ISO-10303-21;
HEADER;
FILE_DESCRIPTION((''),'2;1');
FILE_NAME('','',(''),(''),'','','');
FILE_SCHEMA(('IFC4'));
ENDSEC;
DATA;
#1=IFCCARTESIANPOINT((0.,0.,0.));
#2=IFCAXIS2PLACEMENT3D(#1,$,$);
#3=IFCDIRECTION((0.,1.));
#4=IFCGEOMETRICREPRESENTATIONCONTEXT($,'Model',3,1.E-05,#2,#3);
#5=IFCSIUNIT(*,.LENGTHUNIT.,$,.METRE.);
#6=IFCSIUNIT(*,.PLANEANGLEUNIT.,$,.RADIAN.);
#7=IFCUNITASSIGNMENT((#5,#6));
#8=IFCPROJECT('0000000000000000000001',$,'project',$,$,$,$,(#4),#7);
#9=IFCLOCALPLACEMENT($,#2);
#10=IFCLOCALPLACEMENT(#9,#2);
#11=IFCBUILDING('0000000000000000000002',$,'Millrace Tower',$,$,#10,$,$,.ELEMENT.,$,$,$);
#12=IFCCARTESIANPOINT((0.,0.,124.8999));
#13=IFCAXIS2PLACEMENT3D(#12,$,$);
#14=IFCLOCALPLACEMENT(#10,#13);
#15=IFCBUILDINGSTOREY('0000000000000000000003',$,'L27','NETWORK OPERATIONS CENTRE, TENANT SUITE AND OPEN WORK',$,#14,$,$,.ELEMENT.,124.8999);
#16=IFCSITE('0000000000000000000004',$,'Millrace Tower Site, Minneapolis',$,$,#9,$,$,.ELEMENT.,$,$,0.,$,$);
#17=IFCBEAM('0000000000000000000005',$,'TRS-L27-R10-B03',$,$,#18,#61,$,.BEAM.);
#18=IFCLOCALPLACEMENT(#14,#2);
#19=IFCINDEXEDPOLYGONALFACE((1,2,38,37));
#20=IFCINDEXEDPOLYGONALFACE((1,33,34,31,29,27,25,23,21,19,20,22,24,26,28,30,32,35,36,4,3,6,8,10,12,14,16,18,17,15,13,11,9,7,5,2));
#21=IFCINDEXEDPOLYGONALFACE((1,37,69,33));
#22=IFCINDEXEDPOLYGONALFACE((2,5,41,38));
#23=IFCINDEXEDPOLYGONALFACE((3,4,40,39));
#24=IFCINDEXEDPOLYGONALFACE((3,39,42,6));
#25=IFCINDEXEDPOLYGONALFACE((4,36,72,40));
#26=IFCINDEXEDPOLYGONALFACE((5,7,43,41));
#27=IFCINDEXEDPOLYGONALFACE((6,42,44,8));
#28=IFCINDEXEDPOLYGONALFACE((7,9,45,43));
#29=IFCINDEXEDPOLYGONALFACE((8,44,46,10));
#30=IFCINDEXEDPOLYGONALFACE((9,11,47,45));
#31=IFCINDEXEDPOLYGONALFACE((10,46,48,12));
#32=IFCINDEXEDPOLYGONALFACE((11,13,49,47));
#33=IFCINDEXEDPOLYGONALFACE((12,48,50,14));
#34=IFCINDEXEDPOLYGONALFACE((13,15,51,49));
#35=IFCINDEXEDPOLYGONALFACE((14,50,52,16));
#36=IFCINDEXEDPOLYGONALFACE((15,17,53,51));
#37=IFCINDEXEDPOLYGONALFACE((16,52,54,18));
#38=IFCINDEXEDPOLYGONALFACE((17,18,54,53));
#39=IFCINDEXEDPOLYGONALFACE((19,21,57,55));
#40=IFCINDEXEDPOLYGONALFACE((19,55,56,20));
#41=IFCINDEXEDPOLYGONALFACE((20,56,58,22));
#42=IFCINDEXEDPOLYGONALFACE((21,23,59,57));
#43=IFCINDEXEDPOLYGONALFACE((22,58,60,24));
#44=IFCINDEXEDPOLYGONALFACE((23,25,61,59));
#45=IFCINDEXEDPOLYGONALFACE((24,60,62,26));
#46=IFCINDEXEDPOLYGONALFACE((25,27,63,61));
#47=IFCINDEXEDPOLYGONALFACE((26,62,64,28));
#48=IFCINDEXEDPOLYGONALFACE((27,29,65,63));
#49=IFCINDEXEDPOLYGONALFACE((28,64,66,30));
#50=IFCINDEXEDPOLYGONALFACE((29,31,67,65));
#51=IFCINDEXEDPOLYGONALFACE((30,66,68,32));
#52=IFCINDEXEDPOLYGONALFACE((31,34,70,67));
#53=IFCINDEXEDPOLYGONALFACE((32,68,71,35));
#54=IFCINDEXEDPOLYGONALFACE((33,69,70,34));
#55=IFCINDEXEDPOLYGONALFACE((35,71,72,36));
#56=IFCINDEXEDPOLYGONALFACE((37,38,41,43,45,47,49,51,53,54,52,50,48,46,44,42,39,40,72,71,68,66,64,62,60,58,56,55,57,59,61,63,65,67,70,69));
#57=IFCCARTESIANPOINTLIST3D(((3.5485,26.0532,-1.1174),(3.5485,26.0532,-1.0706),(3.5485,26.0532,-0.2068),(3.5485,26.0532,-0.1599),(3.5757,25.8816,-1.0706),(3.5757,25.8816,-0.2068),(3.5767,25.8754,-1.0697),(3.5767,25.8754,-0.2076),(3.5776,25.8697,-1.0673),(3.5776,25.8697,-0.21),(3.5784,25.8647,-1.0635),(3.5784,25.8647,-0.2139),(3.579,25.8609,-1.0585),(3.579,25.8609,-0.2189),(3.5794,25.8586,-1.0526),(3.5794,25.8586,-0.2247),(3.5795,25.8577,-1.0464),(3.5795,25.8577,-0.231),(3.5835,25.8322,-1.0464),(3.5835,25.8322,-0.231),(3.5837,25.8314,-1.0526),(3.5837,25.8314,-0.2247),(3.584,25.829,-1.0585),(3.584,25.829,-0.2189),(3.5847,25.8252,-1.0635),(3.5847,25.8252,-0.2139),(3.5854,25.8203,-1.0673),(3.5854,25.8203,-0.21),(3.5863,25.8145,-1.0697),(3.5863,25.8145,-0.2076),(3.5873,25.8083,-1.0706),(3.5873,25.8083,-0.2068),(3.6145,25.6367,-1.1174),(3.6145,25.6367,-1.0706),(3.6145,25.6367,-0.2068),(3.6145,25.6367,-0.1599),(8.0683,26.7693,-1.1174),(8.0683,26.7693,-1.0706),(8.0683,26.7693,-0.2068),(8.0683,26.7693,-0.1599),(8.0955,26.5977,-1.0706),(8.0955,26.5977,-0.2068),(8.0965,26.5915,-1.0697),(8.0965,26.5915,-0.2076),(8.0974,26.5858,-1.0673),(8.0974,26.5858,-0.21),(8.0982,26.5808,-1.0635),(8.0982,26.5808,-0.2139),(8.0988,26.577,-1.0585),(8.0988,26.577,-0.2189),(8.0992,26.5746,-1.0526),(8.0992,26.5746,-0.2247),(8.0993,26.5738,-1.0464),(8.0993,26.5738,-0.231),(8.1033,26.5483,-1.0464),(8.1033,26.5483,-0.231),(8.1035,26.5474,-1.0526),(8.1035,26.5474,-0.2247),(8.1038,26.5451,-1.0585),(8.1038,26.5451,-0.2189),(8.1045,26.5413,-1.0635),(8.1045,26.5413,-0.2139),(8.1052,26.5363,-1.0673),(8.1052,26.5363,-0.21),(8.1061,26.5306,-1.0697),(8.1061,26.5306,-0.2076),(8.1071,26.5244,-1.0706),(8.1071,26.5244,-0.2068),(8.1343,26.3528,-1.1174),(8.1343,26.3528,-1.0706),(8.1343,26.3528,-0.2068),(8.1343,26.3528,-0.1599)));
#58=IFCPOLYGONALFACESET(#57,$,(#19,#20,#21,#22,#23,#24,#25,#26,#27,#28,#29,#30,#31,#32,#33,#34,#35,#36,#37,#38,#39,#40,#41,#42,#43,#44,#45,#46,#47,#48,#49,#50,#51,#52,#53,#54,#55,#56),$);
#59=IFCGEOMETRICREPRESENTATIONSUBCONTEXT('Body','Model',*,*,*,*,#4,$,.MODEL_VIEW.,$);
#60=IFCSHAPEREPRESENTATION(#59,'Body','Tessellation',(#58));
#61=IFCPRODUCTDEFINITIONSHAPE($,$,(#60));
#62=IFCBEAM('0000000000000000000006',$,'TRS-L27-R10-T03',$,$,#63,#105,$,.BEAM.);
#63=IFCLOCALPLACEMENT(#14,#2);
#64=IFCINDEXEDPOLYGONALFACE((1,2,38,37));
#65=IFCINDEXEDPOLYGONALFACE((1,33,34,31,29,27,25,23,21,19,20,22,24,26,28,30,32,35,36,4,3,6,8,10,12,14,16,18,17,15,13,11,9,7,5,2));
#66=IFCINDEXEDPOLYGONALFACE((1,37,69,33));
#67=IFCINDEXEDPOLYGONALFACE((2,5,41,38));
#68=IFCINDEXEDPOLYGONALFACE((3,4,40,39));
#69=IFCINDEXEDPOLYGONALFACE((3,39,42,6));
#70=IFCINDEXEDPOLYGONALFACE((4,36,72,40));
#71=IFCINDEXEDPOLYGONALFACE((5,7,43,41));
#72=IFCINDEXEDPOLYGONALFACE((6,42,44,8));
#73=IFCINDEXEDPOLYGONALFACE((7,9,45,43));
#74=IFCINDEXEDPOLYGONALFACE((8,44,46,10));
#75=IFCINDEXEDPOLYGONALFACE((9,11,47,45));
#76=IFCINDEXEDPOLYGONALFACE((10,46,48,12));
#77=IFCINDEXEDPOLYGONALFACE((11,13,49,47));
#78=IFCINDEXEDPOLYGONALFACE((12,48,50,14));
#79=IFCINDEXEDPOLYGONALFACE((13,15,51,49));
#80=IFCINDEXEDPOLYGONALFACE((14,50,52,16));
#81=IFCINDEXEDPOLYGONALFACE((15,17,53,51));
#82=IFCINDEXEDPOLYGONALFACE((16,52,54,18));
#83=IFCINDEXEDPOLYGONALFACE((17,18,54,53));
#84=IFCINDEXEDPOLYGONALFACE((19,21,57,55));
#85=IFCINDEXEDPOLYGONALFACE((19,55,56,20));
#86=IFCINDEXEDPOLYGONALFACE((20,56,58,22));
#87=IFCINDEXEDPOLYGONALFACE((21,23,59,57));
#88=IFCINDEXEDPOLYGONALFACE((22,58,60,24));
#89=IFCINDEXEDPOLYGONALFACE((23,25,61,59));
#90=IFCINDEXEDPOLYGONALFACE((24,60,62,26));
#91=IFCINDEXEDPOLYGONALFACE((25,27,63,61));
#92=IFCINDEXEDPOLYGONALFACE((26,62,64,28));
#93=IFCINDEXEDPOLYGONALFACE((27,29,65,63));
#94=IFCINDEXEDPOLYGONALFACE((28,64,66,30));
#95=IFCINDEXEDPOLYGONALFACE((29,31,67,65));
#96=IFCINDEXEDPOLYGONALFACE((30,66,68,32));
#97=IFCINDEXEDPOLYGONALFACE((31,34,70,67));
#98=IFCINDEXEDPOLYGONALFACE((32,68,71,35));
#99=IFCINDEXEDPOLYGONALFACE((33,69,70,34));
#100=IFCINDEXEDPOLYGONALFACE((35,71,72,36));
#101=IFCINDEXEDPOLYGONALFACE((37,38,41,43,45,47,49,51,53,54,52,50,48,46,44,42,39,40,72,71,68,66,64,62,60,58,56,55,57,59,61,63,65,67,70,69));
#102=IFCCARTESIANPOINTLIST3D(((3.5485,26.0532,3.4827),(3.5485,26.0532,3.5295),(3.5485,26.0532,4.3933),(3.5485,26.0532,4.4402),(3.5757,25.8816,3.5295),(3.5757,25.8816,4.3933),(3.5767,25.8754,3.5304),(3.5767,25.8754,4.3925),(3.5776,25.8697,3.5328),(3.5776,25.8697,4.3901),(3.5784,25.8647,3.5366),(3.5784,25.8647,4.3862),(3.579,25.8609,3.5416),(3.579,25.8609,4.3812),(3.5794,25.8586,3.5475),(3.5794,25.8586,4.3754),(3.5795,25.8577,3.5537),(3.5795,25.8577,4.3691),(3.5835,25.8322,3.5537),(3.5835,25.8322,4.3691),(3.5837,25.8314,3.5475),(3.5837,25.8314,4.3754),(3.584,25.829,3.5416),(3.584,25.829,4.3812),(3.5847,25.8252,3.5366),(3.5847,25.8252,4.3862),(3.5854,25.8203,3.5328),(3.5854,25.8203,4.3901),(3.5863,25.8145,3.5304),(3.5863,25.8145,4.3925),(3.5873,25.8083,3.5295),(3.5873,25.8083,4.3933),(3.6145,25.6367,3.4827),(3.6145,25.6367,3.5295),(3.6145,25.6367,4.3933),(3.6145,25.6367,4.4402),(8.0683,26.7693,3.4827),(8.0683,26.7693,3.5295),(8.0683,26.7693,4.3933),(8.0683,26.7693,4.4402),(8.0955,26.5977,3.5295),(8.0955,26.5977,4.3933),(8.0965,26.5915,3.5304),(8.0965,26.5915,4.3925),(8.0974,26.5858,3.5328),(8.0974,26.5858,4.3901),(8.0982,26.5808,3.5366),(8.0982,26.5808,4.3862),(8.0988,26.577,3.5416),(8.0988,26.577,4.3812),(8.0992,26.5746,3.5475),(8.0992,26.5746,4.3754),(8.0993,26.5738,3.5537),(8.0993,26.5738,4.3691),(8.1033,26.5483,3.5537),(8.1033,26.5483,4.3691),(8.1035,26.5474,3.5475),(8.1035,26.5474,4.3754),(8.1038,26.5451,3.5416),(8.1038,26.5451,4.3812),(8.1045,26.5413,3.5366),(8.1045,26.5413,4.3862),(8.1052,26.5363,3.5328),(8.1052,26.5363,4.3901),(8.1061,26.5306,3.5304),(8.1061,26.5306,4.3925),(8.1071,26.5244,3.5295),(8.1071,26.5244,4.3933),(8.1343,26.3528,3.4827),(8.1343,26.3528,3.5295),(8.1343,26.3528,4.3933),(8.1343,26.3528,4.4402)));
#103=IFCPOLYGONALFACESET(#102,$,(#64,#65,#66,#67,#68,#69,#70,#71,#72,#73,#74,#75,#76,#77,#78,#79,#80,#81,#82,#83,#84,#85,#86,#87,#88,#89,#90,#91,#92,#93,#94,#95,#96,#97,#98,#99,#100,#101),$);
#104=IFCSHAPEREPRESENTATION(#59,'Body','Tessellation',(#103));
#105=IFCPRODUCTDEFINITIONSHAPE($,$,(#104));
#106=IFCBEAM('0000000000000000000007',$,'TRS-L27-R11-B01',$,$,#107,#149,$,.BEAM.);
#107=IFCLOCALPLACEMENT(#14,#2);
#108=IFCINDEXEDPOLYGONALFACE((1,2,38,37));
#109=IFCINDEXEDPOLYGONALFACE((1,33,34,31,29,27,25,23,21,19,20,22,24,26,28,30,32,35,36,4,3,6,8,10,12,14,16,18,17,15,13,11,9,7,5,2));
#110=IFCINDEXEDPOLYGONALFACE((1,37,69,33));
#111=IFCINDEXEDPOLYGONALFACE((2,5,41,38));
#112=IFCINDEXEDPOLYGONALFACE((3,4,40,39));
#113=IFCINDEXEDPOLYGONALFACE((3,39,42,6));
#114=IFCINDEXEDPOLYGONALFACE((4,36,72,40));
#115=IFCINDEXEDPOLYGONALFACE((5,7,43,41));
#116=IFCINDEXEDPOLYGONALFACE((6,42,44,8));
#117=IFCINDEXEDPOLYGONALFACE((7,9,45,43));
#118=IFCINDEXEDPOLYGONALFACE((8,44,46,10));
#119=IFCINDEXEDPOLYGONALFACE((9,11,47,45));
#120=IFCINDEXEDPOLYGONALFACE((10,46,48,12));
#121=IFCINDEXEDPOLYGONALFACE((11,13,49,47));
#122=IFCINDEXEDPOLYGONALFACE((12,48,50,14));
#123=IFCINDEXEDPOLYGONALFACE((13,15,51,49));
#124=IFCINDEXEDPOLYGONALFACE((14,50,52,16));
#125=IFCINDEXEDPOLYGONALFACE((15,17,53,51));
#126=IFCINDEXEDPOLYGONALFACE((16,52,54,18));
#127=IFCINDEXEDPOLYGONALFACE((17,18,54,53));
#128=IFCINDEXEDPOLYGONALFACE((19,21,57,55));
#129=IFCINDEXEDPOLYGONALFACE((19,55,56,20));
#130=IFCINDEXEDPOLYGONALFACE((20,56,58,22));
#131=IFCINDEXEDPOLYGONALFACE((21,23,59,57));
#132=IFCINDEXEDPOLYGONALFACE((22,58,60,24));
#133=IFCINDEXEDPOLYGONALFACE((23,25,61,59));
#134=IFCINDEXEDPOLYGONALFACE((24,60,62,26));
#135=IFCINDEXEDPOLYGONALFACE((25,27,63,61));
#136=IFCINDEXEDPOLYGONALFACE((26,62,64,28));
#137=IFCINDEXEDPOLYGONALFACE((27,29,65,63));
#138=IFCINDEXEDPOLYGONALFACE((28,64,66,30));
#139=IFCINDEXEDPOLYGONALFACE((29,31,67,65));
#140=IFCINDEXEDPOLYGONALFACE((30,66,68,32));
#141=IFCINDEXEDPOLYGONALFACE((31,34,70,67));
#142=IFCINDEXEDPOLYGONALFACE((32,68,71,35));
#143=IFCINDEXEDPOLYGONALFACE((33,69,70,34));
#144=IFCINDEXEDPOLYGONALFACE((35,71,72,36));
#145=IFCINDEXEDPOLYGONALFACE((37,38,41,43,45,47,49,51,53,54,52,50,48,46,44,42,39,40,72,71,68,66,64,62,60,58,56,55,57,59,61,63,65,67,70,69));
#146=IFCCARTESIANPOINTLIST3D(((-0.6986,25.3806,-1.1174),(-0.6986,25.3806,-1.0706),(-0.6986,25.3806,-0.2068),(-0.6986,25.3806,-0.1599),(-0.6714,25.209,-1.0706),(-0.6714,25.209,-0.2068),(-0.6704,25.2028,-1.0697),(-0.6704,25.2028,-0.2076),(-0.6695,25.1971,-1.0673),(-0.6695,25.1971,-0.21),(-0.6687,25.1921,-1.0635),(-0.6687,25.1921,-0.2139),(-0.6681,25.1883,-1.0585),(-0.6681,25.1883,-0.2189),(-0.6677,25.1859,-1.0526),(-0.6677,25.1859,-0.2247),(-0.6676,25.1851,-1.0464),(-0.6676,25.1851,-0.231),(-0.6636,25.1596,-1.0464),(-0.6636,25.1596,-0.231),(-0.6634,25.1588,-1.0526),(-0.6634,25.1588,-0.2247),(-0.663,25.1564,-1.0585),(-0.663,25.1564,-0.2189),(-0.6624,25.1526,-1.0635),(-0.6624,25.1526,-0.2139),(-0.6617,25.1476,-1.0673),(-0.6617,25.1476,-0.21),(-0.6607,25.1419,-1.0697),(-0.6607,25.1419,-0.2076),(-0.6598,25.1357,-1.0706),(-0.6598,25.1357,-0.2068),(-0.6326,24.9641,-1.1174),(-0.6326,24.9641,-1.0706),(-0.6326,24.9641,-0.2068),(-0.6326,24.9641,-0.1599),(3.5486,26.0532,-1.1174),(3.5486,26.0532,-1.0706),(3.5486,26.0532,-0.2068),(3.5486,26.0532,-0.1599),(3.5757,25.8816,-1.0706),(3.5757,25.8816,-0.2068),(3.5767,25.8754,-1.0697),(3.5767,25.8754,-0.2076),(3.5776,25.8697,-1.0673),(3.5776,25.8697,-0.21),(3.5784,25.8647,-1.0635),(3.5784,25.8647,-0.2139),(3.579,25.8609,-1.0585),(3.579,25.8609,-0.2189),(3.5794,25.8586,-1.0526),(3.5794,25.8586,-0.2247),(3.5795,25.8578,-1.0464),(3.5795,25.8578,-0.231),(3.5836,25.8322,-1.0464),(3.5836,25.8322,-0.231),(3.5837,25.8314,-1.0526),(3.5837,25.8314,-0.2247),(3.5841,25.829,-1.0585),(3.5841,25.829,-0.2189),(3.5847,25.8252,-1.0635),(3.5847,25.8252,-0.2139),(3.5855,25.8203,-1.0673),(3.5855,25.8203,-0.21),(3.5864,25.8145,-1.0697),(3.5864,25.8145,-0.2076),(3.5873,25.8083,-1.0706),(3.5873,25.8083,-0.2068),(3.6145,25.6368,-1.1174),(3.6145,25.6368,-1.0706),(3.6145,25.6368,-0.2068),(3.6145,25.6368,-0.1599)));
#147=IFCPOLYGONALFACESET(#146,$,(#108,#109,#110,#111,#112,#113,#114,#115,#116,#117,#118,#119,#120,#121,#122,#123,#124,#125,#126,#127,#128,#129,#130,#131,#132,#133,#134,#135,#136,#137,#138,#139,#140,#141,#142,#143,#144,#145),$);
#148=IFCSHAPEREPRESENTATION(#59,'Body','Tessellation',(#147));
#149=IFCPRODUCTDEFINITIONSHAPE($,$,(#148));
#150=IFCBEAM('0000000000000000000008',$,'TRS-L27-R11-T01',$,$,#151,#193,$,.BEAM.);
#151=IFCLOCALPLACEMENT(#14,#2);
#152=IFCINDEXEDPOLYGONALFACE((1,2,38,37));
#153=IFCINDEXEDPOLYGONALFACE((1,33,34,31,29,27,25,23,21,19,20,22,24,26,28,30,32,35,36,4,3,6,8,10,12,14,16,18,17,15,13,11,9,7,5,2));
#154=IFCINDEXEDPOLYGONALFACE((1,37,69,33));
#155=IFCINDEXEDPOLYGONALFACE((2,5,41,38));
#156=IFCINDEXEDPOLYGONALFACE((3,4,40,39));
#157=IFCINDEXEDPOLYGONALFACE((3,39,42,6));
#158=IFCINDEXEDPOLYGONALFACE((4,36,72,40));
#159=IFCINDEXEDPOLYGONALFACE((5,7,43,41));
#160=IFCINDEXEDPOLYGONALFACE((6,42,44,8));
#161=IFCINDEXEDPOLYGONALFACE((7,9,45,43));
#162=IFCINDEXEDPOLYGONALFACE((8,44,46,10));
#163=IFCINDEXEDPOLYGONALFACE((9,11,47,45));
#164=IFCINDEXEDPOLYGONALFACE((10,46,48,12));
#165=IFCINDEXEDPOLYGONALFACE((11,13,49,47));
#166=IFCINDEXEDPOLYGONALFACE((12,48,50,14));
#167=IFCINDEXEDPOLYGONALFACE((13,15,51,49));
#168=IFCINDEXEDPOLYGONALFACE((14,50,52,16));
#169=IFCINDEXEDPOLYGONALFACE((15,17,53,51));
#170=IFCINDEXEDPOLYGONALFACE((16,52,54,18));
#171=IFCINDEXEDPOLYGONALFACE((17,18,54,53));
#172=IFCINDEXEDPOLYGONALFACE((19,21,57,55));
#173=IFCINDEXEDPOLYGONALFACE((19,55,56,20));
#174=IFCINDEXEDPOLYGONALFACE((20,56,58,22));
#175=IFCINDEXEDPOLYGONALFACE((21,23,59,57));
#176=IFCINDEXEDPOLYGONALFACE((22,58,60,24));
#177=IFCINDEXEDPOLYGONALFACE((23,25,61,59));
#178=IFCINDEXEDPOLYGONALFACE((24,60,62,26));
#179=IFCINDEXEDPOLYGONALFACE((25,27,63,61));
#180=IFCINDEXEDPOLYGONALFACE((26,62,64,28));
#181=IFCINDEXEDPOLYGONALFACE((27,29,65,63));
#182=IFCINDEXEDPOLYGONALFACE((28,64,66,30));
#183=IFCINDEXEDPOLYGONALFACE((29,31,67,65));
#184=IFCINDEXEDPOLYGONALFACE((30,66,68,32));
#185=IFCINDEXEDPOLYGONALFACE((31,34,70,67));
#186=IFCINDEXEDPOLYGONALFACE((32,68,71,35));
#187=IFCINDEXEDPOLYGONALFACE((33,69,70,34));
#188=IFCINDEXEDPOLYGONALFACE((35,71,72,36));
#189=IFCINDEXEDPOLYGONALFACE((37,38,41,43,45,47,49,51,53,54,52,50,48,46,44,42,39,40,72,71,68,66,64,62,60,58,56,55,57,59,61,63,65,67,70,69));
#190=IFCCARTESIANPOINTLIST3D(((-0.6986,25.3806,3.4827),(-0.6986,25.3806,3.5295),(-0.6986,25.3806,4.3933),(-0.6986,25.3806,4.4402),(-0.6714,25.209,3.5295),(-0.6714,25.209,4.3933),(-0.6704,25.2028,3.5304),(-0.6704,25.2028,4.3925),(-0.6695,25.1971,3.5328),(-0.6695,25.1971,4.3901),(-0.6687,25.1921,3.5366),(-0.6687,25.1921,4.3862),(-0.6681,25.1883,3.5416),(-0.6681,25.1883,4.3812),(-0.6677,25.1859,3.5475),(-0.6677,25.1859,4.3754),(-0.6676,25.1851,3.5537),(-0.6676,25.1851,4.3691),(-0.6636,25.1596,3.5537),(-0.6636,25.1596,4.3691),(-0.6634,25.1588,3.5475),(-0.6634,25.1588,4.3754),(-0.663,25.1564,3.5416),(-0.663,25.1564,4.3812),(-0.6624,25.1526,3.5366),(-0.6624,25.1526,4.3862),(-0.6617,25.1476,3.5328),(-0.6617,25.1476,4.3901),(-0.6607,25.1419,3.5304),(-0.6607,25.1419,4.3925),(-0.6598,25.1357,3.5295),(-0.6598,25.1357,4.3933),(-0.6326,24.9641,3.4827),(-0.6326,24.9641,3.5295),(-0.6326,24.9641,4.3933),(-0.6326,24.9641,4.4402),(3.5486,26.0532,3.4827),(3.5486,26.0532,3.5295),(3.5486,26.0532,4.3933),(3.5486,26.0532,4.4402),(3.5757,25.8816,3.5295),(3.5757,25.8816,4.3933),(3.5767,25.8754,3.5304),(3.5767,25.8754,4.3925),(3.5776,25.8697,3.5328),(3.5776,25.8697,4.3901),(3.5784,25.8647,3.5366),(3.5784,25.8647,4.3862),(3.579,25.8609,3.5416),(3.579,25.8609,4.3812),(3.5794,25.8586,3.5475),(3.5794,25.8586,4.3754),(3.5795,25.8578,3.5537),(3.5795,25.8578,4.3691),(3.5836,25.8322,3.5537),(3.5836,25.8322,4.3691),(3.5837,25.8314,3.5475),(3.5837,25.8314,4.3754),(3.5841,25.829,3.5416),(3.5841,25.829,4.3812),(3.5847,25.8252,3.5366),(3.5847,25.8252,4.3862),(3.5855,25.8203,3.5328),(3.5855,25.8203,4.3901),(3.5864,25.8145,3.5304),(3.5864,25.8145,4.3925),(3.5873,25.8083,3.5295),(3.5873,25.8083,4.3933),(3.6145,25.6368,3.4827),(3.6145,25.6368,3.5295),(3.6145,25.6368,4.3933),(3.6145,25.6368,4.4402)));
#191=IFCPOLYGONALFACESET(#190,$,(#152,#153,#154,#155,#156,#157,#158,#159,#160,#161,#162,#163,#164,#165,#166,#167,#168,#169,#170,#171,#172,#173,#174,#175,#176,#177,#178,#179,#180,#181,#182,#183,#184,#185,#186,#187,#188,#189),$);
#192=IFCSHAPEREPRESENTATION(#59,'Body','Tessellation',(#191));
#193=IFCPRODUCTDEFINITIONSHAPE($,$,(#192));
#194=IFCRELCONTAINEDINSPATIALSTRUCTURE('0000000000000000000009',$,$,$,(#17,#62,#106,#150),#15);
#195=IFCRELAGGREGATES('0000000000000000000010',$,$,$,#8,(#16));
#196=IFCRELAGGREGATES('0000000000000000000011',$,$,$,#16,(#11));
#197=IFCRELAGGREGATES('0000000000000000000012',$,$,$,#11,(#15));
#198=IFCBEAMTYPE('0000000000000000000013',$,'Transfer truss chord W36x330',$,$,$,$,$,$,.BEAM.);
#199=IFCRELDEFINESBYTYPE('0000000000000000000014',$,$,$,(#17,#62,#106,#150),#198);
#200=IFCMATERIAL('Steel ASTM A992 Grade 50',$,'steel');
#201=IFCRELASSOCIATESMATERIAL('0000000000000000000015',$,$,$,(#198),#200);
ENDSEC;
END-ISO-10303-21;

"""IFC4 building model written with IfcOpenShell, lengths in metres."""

from ifc_helpers import new_model, si_unit, direction, frame, origin, origin_2d, place, context, subcontext, project, spatial, i_section, extrude, material, material_profile, profile_set, type_object, element, save


model = new_model("IFC4")

# Units and contexts
model_context = context("Model", 3, precision=1e-05, world=origin(), true_north=direction((0.0, 1.0)))
body_context = subcontext(model_context, "Body", "Model", "MODEL_VIEW")
ifc_project = project(units=[si_unit("LENGTHUNIT", "METRE"), si_unit("PLANEANGLEUNIT", "RADIAN")], contexts=[model_context])

# Site, building, storey
site_placement = place(None, origin())
site = spatial("IfcSite", under=ifc_project, at=site_placement, Name="Millrace Tower Site, Minneapolis", CompositionType="ELEMENT", RefElevation=0.0)
building_placement = place(site_placement, origin())
building = spatial("IfcBuilding", under=site, at=building_placement, Name="Millrace Tower", CompositionType="ELEMENT")
storey_placement = place(building_placement, frame((0.0, 0.0, 124.8999)))
storey = spatial("IfcBuildingStorey", under=building, at=storey_placement, Name="L27", Description="NETWORK OPERATIONS CENTRE, TENANT SUITE AND OPEN WORK", CompositionType="ELEMENT", Elevation=124.8999)

# Beams
ifc_material_1 = material(Name="Steel ASTM A992 Grade 50", Category="steel")
ifc_material_profile_1 = material_profile(ifc_material_1, i_section(OverallWidth=0.4216, OverallDepth=0.9575, WebThickness=0.0259, FlangeThickness=0.0469, FilletRadius=0.0242, at=origin_2d()))
ifc_profile_set_1 = profile_set([ifc_material_profile_1], Name="Steel ASTM A992 Grade 50")
beam_type_1 = type_object("IfcBeamType", Name="Transfer truss chord W36x330", PredefinedType="BEAM", material=ifc_profile_set_1)
for number, where, z_axis, x_axis, name in (
    (1, (8.1013, 26.561, -0.6387), (-0.987682, -0.156478, 0.0), (0.156478, -0.987682, 0.0), "TRS-L27-R10-B03"),
    (2, (8.1013, 26.561, 3.9614), (-0.987682, -0.156478, 0.0), (0.156478, -0.987682, 0.0), "TRS-L27-R10-T03"),
):
    element("IfcBeam", number, at=place(storey_placement, frame(where, z_axis=z_axis, x_axis=x_axis)), inside=storey, type_object=beam_type_1, Name=name, PredefinedType="BEAM", context=body_context, shape_type="SweptSolid", body=[
        extrude(i_section(OverallWidth=0.4216, OverallDepth=0.9575, WebThickness=0.0259, FlangeThickness=0.0469, FilletRadius=0.0242, at=origin_2d()), origin(), (0.0, 0.0, 1.0), 4.5762),
    ])
for number, where, z_axis, x_axis, name in (
    (3, (3.5815, 25.845, -0.6387), (-0.987691, -0.15642, 0.0), (0.15642, -0.987691, 0.0), "TRS-L27-R11-B01"),
    (4, (3.5815, 25.845, 3.9614), (-0.987691, -0.15642, 0.0), (0.15642, -0.987691, 0.0), "TRS-L27-R11-T01"),
):
    element("IfcBeam", number, at=place(storey_placement, frame(where, z_axis=z_axis, x_axis=x_axis)), inside=storey, type_object=beam_type_1, Name=name, PredefinedType="BEAM", context=body_context, shape_type="SweptSolid", body=[
        extrude(i_section(OverallWidth=0.4216, OverallDepth=0.9575, WebThickness=0.0259, FlangeThickness=0.0469, FilletRadius=0.0242, at=origin_2d()), origin(), (0.0, 0.0, 1.0), 4.3),
    ])

save(model, "model.ifc")
